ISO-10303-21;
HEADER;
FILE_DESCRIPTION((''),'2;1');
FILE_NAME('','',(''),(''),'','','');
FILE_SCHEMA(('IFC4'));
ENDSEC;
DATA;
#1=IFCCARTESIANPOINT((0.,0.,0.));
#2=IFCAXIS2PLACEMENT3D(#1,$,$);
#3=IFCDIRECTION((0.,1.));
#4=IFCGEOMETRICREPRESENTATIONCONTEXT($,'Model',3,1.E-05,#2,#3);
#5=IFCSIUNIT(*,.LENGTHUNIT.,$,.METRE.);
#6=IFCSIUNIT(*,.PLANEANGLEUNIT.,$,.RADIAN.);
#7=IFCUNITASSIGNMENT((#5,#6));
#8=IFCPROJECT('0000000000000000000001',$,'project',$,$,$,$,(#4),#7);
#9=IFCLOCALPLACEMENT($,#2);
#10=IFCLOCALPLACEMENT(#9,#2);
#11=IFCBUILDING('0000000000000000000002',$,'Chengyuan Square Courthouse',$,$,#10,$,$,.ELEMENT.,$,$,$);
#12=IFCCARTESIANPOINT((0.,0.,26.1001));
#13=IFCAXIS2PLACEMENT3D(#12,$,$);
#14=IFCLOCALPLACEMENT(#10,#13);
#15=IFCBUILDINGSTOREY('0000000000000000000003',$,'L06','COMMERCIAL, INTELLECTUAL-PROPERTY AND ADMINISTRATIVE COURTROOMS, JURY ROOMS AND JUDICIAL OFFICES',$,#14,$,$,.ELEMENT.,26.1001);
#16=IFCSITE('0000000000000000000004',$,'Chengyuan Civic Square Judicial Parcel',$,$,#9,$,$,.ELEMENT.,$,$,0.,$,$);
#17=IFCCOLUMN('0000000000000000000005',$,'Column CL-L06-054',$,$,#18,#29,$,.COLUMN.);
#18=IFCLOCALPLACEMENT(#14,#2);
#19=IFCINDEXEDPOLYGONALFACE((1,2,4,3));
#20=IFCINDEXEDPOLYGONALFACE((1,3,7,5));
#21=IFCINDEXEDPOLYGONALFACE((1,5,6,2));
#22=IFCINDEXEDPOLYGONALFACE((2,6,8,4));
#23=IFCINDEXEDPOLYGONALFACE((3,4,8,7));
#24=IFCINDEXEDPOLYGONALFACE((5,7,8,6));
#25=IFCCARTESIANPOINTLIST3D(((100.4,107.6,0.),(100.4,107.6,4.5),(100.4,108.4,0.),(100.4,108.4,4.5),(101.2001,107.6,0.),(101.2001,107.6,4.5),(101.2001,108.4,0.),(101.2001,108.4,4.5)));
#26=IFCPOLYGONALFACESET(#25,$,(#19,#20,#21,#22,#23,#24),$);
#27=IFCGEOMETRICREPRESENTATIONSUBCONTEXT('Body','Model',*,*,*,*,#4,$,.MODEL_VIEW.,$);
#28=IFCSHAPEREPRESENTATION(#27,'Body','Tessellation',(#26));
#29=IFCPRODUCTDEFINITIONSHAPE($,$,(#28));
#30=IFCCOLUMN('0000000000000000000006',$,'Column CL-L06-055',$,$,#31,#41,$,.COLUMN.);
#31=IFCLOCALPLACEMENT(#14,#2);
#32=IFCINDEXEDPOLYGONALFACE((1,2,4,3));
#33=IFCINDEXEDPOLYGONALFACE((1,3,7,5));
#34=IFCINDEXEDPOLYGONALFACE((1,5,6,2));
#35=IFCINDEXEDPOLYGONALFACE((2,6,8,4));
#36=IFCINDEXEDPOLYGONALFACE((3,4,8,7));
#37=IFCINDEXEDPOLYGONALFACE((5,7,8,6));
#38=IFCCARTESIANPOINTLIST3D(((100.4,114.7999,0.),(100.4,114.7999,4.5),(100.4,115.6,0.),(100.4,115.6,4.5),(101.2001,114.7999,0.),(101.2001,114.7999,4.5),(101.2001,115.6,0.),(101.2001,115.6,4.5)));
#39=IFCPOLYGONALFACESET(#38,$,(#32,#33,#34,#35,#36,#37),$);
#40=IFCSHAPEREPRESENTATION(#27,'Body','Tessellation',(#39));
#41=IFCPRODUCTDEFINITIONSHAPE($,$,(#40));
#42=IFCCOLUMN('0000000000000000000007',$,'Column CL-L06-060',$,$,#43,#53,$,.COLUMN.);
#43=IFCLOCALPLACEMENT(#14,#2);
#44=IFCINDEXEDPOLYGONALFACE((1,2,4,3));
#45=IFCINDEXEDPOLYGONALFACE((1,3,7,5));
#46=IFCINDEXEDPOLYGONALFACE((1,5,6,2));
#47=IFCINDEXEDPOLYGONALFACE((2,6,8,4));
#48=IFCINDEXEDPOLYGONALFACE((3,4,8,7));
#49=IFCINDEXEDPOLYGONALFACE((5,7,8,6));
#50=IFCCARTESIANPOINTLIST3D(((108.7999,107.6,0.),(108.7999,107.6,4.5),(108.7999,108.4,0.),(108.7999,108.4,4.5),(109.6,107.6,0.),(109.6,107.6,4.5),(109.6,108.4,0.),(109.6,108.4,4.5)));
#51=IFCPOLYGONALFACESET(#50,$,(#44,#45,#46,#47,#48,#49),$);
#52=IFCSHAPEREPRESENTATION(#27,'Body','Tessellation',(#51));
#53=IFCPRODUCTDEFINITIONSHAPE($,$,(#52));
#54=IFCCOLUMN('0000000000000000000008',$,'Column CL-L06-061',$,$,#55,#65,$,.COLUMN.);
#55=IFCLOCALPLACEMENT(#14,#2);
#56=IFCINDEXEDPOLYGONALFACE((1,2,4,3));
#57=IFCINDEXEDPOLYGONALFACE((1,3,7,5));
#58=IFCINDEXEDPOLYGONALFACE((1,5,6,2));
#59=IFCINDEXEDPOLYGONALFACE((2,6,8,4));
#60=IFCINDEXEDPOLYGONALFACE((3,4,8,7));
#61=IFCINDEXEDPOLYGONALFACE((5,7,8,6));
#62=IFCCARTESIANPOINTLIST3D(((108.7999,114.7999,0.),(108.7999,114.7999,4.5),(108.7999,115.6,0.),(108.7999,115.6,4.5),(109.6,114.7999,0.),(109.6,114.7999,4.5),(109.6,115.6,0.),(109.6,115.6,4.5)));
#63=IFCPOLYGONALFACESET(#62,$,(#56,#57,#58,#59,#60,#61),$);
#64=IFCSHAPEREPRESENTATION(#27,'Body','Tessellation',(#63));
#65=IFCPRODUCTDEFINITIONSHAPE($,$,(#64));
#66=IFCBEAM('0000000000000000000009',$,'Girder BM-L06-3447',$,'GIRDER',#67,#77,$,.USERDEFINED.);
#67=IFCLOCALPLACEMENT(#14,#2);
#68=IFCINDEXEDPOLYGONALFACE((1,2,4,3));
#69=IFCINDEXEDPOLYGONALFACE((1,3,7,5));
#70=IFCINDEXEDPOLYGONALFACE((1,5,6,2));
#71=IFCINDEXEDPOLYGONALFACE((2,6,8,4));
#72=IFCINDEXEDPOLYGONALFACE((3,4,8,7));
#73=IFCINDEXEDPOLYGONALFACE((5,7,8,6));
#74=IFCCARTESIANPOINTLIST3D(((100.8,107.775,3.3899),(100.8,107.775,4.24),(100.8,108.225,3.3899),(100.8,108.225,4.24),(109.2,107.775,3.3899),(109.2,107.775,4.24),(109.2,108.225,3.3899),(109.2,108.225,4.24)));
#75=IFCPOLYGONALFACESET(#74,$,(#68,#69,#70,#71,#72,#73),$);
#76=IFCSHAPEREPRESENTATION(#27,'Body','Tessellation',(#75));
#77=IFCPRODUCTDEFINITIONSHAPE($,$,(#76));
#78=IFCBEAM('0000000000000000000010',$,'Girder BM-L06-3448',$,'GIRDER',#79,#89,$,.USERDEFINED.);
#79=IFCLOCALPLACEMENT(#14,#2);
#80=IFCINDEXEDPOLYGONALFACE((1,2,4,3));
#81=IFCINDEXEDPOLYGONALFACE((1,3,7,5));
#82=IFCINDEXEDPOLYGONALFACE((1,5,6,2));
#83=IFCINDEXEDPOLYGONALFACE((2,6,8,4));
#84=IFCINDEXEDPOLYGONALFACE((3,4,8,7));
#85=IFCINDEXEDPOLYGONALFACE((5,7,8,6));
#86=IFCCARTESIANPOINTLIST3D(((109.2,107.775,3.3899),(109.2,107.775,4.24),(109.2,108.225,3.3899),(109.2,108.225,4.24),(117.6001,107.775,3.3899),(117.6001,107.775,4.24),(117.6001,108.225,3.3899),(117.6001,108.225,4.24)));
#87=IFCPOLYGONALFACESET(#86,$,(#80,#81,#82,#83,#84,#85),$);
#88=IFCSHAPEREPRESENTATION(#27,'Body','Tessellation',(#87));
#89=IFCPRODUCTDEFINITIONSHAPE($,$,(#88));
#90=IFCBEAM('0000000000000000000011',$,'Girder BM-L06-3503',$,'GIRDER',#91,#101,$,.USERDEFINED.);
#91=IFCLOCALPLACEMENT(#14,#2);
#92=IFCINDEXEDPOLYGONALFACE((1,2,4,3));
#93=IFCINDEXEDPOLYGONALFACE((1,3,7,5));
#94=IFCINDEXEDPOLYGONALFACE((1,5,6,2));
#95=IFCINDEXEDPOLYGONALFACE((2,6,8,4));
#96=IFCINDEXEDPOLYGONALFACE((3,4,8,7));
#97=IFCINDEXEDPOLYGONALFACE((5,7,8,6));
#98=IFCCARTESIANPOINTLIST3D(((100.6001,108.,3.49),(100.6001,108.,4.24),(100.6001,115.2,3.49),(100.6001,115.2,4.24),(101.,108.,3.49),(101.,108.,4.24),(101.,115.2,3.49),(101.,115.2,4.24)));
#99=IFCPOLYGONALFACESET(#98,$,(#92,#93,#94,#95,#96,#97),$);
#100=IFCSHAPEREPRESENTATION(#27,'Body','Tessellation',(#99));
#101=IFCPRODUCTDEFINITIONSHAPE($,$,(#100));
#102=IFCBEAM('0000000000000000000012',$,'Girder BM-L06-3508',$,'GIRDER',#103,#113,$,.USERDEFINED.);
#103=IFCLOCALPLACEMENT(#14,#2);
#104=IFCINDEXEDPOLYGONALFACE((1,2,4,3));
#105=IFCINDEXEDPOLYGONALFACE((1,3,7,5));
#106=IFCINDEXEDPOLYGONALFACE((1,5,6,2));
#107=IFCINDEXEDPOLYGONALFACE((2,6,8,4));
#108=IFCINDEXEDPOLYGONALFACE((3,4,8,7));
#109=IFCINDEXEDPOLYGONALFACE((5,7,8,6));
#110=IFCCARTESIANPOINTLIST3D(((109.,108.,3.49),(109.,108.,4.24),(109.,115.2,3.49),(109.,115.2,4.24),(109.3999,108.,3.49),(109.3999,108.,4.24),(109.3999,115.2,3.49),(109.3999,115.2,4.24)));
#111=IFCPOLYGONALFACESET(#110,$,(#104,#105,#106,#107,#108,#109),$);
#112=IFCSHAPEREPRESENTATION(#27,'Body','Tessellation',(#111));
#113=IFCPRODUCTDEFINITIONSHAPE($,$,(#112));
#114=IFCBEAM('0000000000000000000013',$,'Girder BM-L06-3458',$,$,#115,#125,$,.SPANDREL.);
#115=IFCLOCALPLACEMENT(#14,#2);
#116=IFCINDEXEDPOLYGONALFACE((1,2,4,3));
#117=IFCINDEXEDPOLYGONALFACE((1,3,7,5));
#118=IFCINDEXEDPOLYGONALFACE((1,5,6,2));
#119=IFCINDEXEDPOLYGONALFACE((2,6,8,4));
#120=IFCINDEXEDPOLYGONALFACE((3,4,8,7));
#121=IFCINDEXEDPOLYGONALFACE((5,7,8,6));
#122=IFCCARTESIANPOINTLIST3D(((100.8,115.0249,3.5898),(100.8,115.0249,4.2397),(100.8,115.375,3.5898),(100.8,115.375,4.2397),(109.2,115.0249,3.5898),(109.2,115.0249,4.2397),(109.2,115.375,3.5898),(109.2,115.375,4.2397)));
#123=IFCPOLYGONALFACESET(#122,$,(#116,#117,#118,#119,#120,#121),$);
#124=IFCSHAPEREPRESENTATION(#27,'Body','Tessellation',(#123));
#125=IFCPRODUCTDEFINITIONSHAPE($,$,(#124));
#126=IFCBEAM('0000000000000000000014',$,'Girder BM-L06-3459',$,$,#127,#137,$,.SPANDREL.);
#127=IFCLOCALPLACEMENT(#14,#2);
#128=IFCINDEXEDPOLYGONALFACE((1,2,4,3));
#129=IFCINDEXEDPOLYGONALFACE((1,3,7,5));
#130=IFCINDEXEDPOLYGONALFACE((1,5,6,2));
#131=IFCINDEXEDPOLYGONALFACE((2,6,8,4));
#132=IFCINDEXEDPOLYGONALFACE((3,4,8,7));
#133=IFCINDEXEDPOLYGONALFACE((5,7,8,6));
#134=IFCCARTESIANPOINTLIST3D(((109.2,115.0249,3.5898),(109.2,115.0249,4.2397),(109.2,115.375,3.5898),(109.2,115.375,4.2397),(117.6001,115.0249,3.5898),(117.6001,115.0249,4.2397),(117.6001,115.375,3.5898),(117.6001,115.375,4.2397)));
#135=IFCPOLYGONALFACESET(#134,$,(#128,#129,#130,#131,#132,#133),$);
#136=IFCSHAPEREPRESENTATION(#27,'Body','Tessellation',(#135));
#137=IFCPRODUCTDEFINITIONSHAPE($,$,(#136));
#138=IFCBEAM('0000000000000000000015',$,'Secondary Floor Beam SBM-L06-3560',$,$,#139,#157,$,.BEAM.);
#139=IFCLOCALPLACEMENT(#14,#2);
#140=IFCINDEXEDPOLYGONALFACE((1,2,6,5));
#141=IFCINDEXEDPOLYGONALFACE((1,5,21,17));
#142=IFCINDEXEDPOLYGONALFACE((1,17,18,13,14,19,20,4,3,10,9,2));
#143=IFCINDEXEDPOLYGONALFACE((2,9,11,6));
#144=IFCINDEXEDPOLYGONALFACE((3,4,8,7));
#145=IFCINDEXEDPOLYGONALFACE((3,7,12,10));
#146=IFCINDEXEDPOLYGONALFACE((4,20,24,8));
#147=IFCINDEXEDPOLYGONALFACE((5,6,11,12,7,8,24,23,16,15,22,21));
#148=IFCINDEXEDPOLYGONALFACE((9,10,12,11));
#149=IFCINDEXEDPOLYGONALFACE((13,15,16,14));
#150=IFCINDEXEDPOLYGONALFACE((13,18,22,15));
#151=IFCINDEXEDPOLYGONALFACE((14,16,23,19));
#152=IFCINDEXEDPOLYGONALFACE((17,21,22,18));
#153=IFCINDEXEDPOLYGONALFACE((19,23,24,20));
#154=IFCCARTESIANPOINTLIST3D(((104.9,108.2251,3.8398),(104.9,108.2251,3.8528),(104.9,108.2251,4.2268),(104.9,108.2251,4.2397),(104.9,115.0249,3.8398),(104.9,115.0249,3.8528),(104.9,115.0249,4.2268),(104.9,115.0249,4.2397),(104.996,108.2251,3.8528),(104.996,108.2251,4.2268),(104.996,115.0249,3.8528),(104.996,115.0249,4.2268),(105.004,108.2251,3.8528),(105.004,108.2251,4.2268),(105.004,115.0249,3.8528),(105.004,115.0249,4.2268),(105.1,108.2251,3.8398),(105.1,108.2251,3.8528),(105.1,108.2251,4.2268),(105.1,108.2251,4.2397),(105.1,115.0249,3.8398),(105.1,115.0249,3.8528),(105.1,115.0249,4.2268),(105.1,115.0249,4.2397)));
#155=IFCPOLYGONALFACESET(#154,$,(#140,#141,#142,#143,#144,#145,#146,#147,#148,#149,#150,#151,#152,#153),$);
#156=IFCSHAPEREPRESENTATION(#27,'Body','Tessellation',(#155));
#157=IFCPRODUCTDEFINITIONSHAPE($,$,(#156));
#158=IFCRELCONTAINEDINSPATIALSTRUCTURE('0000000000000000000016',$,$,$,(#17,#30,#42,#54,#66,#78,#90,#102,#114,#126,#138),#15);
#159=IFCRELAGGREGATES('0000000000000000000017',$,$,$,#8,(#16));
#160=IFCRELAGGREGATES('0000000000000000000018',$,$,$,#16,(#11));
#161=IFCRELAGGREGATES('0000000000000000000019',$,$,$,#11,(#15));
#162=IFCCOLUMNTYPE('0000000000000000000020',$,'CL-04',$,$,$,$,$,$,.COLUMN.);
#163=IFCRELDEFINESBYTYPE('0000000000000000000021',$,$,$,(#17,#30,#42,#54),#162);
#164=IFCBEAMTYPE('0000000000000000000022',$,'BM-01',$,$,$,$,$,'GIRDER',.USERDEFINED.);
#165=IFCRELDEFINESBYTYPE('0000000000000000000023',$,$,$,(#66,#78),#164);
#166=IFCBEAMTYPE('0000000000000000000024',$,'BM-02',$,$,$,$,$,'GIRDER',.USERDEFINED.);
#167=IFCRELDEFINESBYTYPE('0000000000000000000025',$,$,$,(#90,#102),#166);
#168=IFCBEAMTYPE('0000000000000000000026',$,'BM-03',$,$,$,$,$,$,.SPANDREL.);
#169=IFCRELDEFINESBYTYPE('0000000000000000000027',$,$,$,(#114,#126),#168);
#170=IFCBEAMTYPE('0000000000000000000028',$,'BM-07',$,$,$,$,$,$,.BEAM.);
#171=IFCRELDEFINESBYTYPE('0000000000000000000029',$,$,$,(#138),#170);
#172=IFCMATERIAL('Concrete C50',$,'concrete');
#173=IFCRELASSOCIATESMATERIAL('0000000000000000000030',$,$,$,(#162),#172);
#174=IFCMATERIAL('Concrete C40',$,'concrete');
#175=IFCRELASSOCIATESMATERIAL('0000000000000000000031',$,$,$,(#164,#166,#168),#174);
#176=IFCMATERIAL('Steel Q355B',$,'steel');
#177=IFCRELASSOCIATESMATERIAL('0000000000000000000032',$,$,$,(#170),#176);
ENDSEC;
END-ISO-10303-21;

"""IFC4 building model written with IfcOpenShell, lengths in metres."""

from ifc_helpers import new_model, si_unit, direction, frame, origin, origin_2d, place, context, subcontext, project, spatial, rectangle, i_section, extrude, material, material_profile, profile_set, type_object, element, save


model = new_model("IFC4")

# Units and contexts
model_context = context("Model", 3, precision=1e-05, world=origin(), true_north=direction((0.0, 1.0)))
body_context = subcontext(model_context, "Body", "Model", "MODEL_VIEW")
ifc_project = project(units=[si_unit("LENGTHUNIT", "METRE"), si_unit("PLANEANGLEUNIT", "RADIAN")], contexts=[model_context])

# Site, building, storey
site_placement = place(None, origin())
site = spatial("IfcSite", under=ifc_project, at=site_placement, Name="Chengyuan Civic Square Judicial Parcel", CompositionType="ELEMENT", RefElevation=0.0)
building_placement = place(site_placement, origin())
building = spatial("IfcBuilding", under=site, at=building_placement, Name="Chengyuan Square Courthouse", CompositionType="ELEMENT")
storey_placement = place(building_placement, frame((0.0, 0.0, 26.1001)))
storey = spatial("IfcBuildingStorey", under=building, at=storey_placement, Name="L06", Description="COMMERCIAL, INTELLECTUAL-PROPERTY AND ADMINISTRATIVE COURTROOMS, JURY ROOMS AND JUDICIAL OFFICES", CompositionType="ELEMENT", Elevation=26.1001)

# Columns
ifc_material_1 = material(Name="Concrete C50", Category="concrete")
ifc_material_profile_1 = material_profile(ifc_material_1, rectangle(XDim=0.8, YDim=0.8, at=origin_2d()), Name="RC-COL-800x800")
ifc_profile_set_1 = profile_set([ifc_material_profile_1], Name="Concrete C50")
column_type = type_object("IfcColumnType", Name="CL-04", PredefinedType="COLUMN", material=ifc_profile_set_1)
for number, where, z_axis, x_axis, name in (
    (1, (100.8, 108.0, 0.0), (0.0, 0.0, 1.0), (1.0, 0.0, 0.0), "Column CL-L06-054"),
    (2, (100.8, 115.2, 0.0), (0.0, 0.0, 1.0), (1.0, 0.0, 0.0), "Column CL-L06-055"),
    (3, (109.2, 108.0, 0.0), (0.0, 0.0, 1.0), (1.0, 0.0, 0.0), "Column CL-L06-060"),
    (4, (109.2, 115.2, 0.0), (0.0, 0.0, 1.0), (1.0, 0.0, 0.0), "Column CL-L06-061"),
):
    element("IfcColumn", number, at=place(storey_placement, frame(where, z_axis=z_axis, x_axis=x_axis)), inside=storey, type_object=column_type, Name=name, PredefinedType="COLUMN", context=body_context, shape_type="SweptSolid", body=[
        extrude(rectangle(XDim=0.8, YDim=0.8, at=origin_2d()), origin(), (0.0, 0.0, 1.0), 4.5),
    ])

# Beams
ifc_material_2 = material(Name="Concrete C40", Category="concrete")
ifc_material_profile_2 = material_profile(ifc_material_2, rectangle(XDim=0.45, YDim=0.8501, at=origin_2d()), Name="RC-BM-450x850")
ifc_profile_set_2 = profile_set([ifc_material_profile_2], Name="Concrete C40")
beam_type_1 = type_object("IfcBeamType", Name="BM-01", ElementType="GIRDER", PredefinedType="USERDEFINED", material=ifc_profile_set_2)
beam_1_placement = place(storey_placement, frame((100.8, 108.0, 3.8149), z_axis=(1.0, 0.0, 0.0), x_axis=(0.0, 1.0, 0.0)))
element("IfcBeam", 5, at=beam_1_placement, inside=storey, type_object=beam_type_1, Name="Girder BM-L06-3447", ObjectType="GIRDER", PredefinedType="USERDEFINED", context=body_context, shape_type="SweptSolid", body=[
    extrude(rectangle(XDim=0.45, YDim=0.8501, at=origin_2d()), origin(), (0.0, 0.0, 1.0), 8.3999),
])
beam_2_placement = place(storey_placement, frame((109.2, 108.0, 3.8149), z_axis=(1.0, 0.0, 0.0), x_axis=(0.0, 1.0, 0.0)))
element("IfcBeam", 6, at=beam_2_placement, inside=storey, type_object=beam_type_1, Name="Girder BM-L06-3448", ObjectType="GIRDER", PredefinedType="USERDEFINED", context=body_context, shape_type="SweptSolid", body=[
    extrude(rectangle(XDim=0.45, YDim=0.8501, at=origin_2d()), origin(), (0.0, 0.0, 1.0), 8.4001),
])
ifc_material_profile_3 = material_profile(ifc_material_2, rectangle(XDim=0.3999, YDim=0.75, at=origin_2d()), Name="RC-BM-400x750")
ifc_profile_set_3 = profile_set([ifc_material_profile_3], Name="Concrete C40")
beam_type_2 = type_object("IfcBeamType", Name="BM-02", ElementType="GIRDER", PredefinedType="USERDEFINED", material=ifc_profile_set_3)
for number, where, z_axis, x_axis, name in (
    (7, (100.8, 108.0, 3.865), (0.0, 1.0, 0.0), (-1.0, 0.0, 0.0), "Girder BM-L06-3503"),
    (8, (109.2, 108.0, 3.865), (0.0, 1.0, 0.0), (-1.0, 0.0, 0.0), "Girder BM-L06-3508"),
):
    element("IfcBeam", number, at=place(storey_placement, frame(where, z_axis=z_axis, x_axis=x_axis)), inside=storey, type_object=beam_type_2, Name=name, ObjectType="GIRDER", PredefinedType="USERDEFINED", context=body_context, shape_type="SweptSolid", body=[
        extrude(rectangle(XDim=0.3999, YDim=0.75, at=origin_2d()), origin(), (0.0, 0.0, 1.0), 7.2),
    ])
ifc_material_profile_4 = material_profile(ifc_material_2, rectangle(XDim=0.3501, YDim=0.6499, at=origin_2d()), Name="RC-BM-350x650")
ifc_profile_set_4 = profile_set([ifc_material_profile_4], Name="Concrete C40")
beam_type_3 = type_object("IfcBeamType", Name="BM-03", PredefinedType="SPANDREL", material=ifc_profile_set_4)
beam_3_placement = place(storey_placement, frame((100.8, 115.2, 3.9148), z_axis=(1.0, 0.0, 0.0), x_axis=(0.0, 1.0, 0.0)))
element("IfcBeam", 9, at=beam_3_placement, inside=storey, type_object=beam_type_3, Name="Girder BM-L06-3458", PredefinedType="SPANDREL", context=body_context, shape_type="SweptSolid", body=[
    extrude(rectangle(XDim=0.3501, YDim=0.6499, at=origin_2d()), origin(), (0.0, 0.0, 1.0), 8.3999),
])
beam_4_placement = place(storey_placement, frame((109.2, 115.2, 3.9148), z_axis=(1.0, 0.0, 0.0), x_axis=(0.0, 1.0, 0.0)))
element("IfcBeam", 10, at=beam_4_placement, inside=storey, type_object=beam_type_3, Name="Girder BM-L06-3459", PredefinedType="SPANDREL", context=body_context, shape_type="SweptSolid", body=[
    extrude(rectangle(XDim=0.3501, YDim=0.6499, at=origin_2d()), origin(), (0.0, 0.0, 1.0), 8.4001),
])
ifc_material_3 = material(Name="Steel Q355B", Category="steel")
ifc_material_profile_5 = material_profile(ifc_material_3, i_section(OverallWidth=0.2, OverallDepth=0.3999, WebThickness=0.0081, FlangeThickness=0.0129, at=origin_2d()), Name="HN 400x200x8x13")
ifc_profile_set_5 = profile_set([ifc_material_profile_5], Name="Steel Q355B")
beam_type_4 = type_object("IfcBeamType", Name="BM-07", PredefinedType="BEAM", material=ifc_profile_set_5)
beam_5_placement = place(storey_placement, frame((105.0, 108.2251, 4.0398), z_axis=(0.0, 1.0, 0.0), x_axis=(-1.0, 0.0, 0.0)))
element("IfcBeam", 11, at=beam_5_placement, inside=storey, type_object=beam_type_4, Name="Secondary Floor Beam SBM-L06-3560", PredefinedType="BEAM", context=body_context, shape_type="SweptSolid", body=[
    extrude(i_section(OverallWidth=0.2, OverallDepth=0.3999, WebThickness=0.0081, FlangeThickness=0.0129, at=origin_2d()), origin(), (0.0, 0.0, 1.0), 6.7998),
])

save(model, "model.ifc")
